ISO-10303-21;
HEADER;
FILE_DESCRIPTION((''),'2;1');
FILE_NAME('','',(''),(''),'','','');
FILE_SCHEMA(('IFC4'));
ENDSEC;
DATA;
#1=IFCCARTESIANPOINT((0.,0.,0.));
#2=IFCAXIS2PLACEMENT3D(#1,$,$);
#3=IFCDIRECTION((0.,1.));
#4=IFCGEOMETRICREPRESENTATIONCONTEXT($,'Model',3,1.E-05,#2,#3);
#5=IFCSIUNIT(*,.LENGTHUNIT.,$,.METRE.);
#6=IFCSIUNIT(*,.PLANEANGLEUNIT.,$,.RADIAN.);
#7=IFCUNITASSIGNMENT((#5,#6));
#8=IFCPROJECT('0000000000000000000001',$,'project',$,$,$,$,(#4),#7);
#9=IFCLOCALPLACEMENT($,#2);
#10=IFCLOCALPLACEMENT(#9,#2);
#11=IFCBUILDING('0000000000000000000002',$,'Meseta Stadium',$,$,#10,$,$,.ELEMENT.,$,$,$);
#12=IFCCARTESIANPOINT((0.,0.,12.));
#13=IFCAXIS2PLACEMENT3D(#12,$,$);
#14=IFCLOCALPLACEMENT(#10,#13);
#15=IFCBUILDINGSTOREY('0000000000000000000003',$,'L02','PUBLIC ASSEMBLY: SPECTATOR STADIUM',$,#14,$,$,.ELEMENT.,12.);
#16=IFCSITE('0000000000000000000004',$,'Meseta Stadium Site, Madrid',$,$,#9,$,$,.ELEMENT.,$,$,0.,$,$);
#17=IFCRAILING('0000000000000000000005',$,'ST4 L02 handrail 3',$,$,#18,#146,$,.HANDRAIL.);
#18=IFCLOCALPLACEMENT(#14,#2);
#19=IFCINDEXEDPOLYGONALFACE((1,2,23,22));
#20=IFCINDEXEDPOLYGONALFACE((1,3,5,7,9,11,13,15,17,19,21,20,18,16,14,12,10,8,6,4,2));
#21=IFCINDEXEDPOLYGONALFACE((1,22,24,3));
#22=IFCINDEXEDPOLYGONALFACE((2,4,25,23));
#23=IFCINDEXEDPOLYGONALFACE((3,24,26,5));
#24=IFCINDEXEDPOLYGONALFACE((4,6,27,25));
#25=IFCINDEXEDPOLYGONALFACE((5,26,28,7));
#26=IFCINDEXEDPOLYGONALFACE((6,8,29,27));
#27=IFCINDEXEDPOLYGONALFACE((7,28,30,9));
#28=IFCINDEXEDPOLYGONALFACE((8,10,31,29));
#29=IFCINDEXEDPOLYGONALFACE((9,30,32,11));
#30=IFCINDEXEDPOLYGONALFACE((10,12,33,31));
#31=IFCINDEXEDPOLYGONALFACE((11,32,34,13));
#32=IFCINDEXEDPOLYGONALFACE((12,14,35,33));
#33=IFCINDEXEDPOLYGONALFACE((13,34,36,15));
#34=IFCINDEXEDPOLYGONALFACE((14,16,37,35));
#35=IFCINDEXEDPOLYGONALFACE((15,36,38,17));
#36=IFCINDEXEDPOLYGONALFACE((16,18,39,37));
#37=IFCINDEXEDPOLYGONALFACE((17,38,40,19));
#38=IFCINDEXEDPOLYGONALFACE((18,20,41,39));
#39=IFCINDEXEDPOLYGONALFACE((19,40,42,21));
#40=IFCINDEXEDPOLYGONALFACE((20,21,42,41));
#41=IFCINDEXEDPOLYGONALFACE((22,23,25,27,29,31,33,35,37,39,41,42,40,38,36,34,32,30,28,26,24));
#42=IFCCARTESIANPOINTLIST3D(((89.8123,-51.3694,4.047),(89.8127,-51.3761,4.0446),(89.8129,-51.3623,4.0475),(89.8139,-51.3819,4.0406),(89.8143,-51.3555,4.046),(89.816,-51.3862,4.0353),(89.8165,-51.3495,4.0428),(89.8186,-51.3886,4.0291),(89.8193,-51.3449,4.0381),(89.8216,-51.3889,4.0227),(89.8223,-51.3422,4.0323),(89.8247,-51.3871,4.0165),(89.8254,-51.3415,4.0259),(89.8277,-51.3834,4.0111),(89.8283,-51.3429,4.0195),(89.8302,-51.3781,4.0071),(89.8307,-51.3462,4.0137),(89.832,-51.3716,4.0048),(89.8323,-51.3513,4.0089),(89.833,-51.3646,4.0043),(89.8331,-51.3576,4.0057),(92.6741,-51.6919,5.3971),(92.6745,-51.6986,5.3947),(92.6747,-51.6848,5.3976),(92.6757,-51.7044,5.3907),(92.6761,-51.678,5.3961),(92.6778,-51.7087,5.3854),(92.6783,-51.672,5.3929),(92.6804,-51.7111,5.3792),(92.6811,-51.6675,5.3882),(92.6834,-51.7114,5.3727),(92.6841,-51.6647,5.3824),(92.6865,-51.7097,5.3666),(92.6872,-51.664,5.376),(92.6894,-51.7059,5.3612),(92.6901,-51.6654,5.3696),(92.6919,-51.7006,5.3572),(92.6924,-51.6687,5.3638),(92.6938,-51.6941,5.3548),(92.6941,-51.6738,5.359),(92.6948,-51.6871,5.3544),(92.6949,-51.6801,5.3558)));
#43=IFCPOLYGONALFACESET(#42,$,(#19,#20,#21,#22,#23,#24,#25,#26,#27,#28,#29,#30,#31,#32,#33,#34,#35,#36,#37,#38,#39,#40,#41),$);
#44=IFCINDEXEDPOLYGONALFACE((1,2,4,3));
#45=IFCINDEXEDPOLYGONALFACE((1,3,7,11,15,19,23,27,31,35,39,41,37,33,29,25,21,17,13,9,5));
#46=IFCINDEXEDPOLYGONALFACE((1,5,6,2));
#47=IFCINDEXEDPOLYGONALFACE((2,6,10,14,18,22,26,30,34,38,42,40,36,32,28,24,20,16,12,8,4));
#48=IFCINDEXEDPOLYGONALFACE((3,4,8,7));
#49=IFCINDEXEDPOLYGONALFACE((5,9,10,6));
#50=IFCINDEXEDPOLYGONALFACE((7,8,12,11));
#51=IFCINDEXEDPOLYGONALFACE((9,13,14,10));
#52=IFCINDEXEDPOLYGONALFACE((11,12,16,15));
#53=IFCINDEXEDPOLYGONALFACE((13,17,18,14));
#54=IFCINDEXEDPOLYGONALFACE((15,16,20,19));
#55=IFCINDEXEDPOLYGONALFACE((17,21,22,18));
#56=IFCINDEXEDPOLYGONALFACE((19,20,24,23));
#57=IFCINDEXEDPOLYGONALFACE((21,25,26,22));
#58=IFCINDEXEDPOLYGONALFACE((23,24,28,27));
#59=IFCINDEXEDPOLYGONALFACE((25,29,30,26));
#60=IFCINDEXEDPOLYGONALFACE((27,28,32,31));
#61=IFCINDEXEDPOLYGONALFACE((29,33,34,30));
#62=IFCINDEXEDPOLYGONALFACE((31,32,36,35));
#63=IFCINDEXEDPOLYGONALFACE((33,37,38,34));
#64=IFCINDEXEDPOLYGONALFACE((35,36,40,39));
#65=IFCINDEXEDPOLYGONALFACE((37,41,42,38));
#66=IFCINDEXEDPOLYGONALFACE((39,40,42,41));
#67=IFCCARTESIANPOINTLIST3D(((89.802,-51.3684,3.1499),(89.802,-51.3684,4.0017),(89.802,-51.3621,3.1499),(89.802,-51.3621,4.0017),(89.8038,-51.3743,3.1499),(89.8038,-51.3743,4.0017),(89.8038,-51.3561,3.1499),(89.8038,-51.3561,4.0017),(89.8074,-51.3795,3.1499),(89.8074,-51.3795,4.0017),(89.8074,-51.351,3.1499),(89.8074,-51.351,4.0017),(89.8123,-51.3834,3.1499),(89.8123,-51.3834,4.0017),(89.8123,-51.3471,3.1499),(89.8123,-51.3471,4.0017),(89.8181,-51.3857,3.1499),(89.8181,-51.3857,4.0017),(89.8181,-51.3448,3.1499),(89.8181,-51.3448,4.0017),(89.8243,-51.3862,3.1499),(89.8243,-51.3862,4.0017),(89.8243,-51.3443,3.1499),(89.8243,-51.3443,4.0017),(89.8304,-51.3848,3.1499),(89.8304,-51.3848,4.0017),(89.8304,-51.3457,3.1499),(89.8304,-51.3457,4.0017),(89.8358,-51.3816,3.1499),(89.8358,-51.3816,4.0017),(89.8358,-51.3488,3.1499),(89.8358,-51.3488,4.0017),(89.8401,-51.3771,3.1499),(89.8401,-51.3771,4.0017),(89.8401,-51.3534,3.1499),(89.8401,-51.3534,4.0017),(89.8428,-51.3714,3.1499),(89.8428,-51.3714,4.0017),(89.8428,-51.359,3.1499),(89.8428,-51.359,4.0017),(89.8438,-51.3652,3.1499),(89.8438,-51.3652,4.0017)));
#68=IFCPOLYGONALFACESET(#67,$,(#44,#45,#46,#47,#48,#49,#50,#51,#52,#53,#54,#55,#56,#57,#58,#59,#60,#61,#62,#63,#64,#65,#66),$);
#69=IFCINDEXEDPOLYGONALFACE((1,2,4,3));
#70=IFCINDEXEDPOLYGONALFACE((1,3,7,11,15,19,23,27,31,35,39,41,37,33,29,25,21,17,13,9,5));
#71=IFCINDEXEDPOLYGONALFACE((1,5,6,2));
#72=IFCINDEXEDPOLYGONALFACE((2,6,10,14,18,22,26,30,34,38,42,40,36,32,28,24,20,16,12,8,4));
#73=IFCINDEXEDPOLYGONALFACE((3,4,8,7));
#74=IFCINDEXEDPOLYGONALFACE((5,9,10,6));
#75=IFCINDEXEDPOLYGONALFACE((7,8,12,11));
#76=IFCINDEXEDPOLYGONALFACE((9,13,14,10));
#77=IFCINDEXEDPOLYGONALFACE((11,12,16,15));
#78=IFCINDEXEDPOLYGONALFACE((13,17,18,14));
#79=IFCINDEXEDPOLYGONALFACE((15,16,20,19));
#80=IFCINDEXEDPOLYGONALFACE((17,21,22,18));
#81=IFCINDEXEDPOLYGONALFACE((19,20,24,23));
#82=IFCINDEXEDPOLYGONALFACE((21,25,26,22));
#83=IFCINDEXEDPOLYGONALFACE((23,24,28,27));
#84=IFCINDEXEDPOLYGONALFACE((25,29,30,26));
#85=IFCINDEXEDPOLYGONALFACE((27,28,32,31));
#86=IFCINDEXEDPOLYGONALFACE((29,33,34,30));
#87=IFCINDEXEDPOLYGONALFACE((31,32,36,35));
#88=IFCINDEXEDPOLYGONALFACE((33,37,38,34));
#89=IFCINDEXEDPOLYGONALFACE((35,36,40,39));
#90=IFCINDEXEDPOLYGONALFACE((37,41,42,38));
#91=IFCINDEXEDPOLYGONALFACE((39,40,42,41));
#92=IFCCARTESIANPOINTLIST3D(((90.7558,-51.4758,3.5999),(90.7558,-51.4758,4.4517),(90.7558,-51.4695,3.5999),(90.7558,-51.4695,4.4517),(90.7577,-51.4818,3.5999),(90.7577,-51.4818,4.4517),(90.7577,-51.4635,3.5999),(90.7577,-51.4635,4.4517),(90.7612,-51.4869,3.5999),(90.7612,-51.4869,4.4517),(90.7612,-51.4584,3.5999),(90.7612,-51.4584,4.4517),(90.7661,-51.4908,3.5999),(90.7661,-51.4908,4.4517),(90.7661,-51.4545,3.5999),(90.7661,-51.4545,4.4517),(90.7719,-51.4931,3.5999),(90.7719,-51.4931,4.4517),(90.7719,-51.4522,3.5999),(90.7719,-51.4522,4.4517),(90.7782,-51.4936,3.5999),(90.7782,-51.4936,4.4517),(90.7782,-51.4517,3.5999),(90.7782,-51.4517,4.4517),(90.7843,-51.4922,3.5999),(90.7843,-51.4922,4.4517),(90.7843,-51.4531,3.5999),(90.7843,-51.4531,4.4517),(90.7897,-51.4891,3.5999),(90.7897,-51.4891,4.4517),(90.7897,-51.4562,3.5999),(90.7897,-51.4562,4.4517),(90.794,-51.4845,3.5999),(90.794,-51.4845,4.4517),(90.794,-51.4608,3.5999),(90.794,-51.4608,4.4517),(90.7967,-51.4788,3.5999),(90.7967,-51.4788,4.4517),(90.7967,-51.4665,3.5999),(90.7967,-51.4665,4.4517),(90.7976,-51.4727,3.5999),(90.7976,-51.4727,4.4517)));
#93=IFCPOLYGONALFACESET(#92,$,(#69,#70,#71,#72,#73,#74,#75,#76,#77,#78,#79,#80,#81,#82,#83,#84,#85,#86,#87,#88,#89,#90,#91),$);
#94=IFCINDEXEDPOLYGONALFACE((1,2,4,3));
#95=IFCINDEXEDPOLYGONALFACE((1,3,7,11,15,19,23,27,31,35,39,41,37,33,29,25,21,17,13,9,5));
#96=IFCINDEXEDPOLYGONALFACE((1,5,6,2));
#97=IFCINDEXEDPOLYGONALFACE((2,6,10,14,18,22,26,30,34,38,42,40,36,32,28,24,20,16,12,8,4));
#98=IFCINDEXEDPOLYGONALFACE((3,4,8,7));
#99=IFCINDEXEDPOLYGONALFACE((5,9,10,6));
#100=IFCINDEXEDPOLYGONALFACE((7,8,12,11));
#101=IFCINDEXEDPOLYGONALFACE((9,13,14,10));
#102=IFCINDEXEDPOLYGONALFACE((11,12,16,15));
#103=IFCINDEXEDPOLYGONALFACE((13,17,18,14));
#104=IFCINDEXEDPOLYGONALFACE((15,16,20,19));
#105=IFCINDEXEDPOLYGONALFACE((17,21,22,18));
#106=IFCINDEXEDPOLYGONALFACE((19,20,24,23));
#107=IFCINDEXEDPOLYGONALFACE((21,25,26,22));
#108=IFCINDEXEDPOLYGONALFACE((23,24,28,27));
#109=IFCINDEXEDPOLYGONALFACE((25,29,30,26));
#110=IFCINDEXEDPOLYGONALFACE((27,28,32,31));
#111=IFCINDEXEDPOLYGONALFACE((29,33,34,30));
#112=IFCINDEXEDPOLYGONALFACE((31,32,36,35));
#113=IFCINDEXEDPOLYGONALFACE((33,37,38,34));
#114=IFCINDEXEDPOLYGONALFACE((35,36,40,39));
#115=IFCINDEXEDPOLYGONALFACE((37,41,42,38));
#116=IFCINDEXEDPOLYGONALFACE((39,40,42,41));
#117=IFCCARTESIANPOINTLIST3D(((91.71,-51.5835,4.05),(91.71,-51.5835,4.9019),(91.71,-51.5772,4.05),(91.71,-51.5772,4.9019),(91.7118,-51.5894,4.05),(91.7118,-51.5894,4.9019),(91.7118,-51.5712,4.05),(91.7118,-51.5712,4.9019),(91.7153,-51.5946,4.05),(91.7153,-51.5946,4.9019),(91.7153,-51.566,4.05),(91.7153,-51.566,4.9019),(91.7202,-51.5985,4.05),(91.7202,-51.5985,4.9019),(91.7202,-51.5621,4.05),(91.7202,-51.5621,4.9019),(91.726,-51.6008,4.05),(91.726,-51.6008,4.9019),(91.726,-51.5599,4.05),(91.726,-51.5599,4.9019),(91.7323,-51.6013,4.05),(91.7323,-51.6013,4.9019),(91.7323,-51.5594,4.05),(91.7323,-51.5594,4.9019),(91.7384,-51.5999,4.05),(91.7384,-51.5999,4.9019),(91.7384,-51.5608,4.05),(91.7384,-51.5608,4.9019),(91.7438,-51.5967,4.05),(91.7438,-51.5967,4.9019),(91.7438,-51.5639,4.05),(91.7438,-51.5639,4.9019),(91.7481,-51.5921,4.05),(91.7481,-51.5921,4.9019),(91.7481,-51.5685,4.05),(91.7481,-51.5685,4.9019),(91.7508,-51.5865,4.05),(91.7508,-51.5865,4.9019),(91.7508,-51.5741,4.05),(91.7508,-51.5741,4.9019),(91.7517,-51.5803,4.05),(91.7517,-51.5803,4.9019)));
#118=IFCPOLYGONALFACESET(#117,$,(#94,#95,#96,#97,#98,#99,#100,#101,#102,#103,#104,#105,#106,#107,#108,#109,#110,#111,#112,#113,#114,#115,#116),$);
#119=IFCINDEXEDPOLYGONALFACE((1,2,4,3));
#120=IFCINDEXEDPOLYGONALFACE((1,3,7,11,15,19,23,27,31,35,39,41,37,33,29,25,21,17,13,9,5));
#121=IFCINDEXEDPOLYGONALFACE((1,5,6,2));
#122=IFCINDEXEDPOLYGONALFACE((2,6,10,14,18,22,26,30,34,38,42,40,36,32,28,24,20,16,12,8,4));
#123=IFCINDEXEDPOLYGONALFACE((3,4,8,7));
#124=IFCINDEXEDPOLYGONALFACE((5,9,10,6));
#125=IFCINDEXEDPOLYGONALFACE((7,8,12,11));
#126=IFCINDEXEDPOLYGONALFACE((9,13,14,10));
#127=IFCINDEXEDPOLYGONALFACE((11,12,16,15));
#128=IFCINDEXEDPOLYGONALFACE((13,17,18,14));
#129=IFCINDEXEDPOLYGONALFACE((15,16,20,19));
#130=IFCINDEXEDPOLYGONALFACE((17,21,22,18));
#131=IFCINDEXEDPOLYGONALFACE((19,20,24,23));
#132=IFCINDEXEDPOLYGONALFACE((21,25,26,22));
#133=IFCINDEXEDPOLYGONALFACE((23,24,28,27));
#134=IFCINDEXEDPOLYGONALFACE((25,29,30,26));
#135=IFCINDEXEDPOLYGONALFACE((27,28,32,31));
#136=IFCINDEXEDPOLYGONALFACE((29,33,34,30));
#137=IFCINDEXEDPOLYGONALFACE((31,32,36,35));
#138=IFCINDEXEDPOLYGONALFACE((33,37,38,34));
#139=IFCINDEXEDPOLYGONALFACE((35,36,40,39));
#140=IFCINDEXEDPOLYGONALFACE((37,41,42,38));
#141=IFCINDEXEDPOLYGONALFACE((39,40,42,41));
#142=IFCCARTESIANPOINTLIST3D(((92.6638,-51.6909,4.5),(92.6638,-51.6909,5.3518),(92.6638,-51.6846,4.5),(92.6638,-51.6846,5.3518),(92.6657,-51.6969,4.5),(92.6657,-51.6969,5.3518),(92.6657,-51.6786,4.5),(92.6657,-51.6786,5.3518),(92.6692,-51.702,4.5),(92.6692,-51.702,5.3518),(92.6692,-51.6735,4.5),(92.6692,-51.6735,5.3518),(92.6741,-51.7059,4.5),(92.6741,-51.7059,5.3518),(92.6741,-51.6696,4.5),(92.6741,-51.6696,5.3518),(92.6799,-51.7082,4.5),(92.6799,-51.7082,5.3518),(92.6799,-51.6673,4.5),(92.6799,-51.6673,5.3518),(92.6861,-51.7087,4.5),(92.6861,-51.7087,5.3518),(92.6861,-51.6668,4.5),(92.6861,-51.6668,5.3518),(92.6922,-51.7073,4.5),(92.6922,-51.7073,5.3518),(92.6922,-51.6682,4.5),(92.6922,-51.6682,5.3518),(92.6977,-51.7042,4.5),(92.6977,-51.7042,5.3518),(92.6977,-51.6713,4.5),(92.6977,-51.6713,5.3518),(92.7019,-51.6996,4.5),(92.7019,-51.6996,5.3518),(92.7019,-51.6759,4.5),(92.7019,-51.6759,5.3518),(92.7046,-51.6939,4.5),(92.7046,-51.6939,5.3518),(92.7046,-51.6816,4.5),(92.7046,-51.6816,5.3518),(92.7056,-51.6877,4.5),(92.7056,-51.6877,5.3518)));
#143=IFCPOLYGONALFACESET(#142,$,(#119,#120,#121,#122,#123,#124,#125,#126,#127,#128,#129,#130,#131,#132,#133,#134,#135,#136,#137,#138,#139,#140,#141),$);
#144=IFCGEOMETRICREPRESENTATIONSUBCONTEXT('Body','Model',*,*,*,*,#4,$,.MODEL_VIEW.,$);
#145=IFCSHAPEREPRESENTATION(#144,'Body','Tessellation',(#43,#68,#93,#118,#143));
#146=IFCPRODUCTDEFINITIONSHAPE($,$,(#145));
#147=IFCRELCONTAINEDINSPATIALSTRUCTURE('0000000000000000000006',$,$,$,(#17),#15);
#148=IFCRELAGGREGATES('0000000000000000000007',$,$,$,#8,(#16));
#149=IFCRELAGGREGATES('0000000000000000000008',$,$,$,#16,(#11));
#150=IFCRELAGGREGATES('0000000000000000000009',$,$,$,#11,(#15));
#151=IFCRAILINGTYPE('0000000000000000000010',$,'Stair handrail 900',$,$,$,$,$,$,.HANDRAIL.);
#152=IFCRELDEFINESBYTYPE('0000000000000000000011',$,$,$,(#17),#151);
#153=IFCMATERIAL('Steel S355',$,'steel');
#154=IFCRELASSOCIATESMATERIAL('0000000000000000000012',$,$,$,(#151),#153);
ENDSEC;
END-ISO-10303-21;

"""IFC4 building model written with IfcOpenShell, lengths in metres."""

from ifc_helpers import new_model, si_unit, direction, frame, origin, origin_2d, place, context, subcontext, project, spatial, circle, extrude, material, type_object, element, save


model = new_model("IFC4")

# Units and contexts
model_context = context("Model", 3, precision=1e-05, world=origin(), true_north=direction((0.0, 1.0)))
body_context = subcontext(model_context, "Body", "Model", "MODEL_VIEW")
ifc_project = project(units=[si_unit("LENGTHUNIT", "METRE"), si_unit("PLANEANGLEUNIT", "RADIAN")], contexts=[model_context])

# Site, building, storey
site_placement = place(None, origin())
site = spatial("IfcSite", under=ifc_project, at=site_placement, Name="Meseta Stadium Site, Madrid", CompositionType="ELEMENT", RefElevation=0.0)
building_placement = place(site_placement, origin())
building = spatial("IfcBuilding", under=site, at=building_placement, Name="Meseta Stadium", CompositionType="ELEMENT")
storey_placement = place(building_placement, frame((0.0, 0.0, 12.0)))
storey = spatial("IfcBuildingStorey", under=building, at=storey_placement, Name="L02", Description="PUBLIC ASSEMBLY: SPECTATOR STADIUM", CompositionType="ELEMENT", Elevation=12.0)

# Railing
ifc_material_1 = material(Name="Steel S355", Category="steel")
railing_type_1 = type_object("IfcRailingType", Name="Stair handrail 900", PredefinedType="HANDRAIL", material=ifc_material_1)
railing_1_placement = place(storey_placement, frame((89.8228, -51.3652, 3.1499)))
element("IfcRailing", 1, at=railing_1_placement, inside=storey, type_object=railing_type_1, Name="ST4 L02 handrail 3", PredefinedType="HANDRAIL", context=body_context, shape_type="SweptSolid", body=[
    extrude(circle(Radius=0.0239, at=origin_2d()), frame((0.0, 0.0, 0.876), z_axis=(0.899748, -0.101396, 0.424467), x_axis=(0.111985, 0.99371, 0.0)), (0.0, 0.0, 1.0), 3.1807),
    extrude(circle(Radius=0.021, at=origin_2d()), origin(), (0.0, 0.0, 1.0), 0.8518),
    extrude(circle(Radius=0.021, at=origin_2d()), frame((0.9539, -0.1074, 0.45)), (0.0, 0.0, 1.0), 0.8518),
    extrude(circle(Radius=0.021, at=origin_2d()), frame((1.908, -0.2151, 0.9001)), (0.0, 0.0, 1.0), 0.8518),
    extrude(circle(Radius=0.021, at=origin_2d()), frame((2.8618, -0.3225, 1.3501)), (0.0, 0.0, 1.0), 0.8518),
])

save(model, "model.ifc")
